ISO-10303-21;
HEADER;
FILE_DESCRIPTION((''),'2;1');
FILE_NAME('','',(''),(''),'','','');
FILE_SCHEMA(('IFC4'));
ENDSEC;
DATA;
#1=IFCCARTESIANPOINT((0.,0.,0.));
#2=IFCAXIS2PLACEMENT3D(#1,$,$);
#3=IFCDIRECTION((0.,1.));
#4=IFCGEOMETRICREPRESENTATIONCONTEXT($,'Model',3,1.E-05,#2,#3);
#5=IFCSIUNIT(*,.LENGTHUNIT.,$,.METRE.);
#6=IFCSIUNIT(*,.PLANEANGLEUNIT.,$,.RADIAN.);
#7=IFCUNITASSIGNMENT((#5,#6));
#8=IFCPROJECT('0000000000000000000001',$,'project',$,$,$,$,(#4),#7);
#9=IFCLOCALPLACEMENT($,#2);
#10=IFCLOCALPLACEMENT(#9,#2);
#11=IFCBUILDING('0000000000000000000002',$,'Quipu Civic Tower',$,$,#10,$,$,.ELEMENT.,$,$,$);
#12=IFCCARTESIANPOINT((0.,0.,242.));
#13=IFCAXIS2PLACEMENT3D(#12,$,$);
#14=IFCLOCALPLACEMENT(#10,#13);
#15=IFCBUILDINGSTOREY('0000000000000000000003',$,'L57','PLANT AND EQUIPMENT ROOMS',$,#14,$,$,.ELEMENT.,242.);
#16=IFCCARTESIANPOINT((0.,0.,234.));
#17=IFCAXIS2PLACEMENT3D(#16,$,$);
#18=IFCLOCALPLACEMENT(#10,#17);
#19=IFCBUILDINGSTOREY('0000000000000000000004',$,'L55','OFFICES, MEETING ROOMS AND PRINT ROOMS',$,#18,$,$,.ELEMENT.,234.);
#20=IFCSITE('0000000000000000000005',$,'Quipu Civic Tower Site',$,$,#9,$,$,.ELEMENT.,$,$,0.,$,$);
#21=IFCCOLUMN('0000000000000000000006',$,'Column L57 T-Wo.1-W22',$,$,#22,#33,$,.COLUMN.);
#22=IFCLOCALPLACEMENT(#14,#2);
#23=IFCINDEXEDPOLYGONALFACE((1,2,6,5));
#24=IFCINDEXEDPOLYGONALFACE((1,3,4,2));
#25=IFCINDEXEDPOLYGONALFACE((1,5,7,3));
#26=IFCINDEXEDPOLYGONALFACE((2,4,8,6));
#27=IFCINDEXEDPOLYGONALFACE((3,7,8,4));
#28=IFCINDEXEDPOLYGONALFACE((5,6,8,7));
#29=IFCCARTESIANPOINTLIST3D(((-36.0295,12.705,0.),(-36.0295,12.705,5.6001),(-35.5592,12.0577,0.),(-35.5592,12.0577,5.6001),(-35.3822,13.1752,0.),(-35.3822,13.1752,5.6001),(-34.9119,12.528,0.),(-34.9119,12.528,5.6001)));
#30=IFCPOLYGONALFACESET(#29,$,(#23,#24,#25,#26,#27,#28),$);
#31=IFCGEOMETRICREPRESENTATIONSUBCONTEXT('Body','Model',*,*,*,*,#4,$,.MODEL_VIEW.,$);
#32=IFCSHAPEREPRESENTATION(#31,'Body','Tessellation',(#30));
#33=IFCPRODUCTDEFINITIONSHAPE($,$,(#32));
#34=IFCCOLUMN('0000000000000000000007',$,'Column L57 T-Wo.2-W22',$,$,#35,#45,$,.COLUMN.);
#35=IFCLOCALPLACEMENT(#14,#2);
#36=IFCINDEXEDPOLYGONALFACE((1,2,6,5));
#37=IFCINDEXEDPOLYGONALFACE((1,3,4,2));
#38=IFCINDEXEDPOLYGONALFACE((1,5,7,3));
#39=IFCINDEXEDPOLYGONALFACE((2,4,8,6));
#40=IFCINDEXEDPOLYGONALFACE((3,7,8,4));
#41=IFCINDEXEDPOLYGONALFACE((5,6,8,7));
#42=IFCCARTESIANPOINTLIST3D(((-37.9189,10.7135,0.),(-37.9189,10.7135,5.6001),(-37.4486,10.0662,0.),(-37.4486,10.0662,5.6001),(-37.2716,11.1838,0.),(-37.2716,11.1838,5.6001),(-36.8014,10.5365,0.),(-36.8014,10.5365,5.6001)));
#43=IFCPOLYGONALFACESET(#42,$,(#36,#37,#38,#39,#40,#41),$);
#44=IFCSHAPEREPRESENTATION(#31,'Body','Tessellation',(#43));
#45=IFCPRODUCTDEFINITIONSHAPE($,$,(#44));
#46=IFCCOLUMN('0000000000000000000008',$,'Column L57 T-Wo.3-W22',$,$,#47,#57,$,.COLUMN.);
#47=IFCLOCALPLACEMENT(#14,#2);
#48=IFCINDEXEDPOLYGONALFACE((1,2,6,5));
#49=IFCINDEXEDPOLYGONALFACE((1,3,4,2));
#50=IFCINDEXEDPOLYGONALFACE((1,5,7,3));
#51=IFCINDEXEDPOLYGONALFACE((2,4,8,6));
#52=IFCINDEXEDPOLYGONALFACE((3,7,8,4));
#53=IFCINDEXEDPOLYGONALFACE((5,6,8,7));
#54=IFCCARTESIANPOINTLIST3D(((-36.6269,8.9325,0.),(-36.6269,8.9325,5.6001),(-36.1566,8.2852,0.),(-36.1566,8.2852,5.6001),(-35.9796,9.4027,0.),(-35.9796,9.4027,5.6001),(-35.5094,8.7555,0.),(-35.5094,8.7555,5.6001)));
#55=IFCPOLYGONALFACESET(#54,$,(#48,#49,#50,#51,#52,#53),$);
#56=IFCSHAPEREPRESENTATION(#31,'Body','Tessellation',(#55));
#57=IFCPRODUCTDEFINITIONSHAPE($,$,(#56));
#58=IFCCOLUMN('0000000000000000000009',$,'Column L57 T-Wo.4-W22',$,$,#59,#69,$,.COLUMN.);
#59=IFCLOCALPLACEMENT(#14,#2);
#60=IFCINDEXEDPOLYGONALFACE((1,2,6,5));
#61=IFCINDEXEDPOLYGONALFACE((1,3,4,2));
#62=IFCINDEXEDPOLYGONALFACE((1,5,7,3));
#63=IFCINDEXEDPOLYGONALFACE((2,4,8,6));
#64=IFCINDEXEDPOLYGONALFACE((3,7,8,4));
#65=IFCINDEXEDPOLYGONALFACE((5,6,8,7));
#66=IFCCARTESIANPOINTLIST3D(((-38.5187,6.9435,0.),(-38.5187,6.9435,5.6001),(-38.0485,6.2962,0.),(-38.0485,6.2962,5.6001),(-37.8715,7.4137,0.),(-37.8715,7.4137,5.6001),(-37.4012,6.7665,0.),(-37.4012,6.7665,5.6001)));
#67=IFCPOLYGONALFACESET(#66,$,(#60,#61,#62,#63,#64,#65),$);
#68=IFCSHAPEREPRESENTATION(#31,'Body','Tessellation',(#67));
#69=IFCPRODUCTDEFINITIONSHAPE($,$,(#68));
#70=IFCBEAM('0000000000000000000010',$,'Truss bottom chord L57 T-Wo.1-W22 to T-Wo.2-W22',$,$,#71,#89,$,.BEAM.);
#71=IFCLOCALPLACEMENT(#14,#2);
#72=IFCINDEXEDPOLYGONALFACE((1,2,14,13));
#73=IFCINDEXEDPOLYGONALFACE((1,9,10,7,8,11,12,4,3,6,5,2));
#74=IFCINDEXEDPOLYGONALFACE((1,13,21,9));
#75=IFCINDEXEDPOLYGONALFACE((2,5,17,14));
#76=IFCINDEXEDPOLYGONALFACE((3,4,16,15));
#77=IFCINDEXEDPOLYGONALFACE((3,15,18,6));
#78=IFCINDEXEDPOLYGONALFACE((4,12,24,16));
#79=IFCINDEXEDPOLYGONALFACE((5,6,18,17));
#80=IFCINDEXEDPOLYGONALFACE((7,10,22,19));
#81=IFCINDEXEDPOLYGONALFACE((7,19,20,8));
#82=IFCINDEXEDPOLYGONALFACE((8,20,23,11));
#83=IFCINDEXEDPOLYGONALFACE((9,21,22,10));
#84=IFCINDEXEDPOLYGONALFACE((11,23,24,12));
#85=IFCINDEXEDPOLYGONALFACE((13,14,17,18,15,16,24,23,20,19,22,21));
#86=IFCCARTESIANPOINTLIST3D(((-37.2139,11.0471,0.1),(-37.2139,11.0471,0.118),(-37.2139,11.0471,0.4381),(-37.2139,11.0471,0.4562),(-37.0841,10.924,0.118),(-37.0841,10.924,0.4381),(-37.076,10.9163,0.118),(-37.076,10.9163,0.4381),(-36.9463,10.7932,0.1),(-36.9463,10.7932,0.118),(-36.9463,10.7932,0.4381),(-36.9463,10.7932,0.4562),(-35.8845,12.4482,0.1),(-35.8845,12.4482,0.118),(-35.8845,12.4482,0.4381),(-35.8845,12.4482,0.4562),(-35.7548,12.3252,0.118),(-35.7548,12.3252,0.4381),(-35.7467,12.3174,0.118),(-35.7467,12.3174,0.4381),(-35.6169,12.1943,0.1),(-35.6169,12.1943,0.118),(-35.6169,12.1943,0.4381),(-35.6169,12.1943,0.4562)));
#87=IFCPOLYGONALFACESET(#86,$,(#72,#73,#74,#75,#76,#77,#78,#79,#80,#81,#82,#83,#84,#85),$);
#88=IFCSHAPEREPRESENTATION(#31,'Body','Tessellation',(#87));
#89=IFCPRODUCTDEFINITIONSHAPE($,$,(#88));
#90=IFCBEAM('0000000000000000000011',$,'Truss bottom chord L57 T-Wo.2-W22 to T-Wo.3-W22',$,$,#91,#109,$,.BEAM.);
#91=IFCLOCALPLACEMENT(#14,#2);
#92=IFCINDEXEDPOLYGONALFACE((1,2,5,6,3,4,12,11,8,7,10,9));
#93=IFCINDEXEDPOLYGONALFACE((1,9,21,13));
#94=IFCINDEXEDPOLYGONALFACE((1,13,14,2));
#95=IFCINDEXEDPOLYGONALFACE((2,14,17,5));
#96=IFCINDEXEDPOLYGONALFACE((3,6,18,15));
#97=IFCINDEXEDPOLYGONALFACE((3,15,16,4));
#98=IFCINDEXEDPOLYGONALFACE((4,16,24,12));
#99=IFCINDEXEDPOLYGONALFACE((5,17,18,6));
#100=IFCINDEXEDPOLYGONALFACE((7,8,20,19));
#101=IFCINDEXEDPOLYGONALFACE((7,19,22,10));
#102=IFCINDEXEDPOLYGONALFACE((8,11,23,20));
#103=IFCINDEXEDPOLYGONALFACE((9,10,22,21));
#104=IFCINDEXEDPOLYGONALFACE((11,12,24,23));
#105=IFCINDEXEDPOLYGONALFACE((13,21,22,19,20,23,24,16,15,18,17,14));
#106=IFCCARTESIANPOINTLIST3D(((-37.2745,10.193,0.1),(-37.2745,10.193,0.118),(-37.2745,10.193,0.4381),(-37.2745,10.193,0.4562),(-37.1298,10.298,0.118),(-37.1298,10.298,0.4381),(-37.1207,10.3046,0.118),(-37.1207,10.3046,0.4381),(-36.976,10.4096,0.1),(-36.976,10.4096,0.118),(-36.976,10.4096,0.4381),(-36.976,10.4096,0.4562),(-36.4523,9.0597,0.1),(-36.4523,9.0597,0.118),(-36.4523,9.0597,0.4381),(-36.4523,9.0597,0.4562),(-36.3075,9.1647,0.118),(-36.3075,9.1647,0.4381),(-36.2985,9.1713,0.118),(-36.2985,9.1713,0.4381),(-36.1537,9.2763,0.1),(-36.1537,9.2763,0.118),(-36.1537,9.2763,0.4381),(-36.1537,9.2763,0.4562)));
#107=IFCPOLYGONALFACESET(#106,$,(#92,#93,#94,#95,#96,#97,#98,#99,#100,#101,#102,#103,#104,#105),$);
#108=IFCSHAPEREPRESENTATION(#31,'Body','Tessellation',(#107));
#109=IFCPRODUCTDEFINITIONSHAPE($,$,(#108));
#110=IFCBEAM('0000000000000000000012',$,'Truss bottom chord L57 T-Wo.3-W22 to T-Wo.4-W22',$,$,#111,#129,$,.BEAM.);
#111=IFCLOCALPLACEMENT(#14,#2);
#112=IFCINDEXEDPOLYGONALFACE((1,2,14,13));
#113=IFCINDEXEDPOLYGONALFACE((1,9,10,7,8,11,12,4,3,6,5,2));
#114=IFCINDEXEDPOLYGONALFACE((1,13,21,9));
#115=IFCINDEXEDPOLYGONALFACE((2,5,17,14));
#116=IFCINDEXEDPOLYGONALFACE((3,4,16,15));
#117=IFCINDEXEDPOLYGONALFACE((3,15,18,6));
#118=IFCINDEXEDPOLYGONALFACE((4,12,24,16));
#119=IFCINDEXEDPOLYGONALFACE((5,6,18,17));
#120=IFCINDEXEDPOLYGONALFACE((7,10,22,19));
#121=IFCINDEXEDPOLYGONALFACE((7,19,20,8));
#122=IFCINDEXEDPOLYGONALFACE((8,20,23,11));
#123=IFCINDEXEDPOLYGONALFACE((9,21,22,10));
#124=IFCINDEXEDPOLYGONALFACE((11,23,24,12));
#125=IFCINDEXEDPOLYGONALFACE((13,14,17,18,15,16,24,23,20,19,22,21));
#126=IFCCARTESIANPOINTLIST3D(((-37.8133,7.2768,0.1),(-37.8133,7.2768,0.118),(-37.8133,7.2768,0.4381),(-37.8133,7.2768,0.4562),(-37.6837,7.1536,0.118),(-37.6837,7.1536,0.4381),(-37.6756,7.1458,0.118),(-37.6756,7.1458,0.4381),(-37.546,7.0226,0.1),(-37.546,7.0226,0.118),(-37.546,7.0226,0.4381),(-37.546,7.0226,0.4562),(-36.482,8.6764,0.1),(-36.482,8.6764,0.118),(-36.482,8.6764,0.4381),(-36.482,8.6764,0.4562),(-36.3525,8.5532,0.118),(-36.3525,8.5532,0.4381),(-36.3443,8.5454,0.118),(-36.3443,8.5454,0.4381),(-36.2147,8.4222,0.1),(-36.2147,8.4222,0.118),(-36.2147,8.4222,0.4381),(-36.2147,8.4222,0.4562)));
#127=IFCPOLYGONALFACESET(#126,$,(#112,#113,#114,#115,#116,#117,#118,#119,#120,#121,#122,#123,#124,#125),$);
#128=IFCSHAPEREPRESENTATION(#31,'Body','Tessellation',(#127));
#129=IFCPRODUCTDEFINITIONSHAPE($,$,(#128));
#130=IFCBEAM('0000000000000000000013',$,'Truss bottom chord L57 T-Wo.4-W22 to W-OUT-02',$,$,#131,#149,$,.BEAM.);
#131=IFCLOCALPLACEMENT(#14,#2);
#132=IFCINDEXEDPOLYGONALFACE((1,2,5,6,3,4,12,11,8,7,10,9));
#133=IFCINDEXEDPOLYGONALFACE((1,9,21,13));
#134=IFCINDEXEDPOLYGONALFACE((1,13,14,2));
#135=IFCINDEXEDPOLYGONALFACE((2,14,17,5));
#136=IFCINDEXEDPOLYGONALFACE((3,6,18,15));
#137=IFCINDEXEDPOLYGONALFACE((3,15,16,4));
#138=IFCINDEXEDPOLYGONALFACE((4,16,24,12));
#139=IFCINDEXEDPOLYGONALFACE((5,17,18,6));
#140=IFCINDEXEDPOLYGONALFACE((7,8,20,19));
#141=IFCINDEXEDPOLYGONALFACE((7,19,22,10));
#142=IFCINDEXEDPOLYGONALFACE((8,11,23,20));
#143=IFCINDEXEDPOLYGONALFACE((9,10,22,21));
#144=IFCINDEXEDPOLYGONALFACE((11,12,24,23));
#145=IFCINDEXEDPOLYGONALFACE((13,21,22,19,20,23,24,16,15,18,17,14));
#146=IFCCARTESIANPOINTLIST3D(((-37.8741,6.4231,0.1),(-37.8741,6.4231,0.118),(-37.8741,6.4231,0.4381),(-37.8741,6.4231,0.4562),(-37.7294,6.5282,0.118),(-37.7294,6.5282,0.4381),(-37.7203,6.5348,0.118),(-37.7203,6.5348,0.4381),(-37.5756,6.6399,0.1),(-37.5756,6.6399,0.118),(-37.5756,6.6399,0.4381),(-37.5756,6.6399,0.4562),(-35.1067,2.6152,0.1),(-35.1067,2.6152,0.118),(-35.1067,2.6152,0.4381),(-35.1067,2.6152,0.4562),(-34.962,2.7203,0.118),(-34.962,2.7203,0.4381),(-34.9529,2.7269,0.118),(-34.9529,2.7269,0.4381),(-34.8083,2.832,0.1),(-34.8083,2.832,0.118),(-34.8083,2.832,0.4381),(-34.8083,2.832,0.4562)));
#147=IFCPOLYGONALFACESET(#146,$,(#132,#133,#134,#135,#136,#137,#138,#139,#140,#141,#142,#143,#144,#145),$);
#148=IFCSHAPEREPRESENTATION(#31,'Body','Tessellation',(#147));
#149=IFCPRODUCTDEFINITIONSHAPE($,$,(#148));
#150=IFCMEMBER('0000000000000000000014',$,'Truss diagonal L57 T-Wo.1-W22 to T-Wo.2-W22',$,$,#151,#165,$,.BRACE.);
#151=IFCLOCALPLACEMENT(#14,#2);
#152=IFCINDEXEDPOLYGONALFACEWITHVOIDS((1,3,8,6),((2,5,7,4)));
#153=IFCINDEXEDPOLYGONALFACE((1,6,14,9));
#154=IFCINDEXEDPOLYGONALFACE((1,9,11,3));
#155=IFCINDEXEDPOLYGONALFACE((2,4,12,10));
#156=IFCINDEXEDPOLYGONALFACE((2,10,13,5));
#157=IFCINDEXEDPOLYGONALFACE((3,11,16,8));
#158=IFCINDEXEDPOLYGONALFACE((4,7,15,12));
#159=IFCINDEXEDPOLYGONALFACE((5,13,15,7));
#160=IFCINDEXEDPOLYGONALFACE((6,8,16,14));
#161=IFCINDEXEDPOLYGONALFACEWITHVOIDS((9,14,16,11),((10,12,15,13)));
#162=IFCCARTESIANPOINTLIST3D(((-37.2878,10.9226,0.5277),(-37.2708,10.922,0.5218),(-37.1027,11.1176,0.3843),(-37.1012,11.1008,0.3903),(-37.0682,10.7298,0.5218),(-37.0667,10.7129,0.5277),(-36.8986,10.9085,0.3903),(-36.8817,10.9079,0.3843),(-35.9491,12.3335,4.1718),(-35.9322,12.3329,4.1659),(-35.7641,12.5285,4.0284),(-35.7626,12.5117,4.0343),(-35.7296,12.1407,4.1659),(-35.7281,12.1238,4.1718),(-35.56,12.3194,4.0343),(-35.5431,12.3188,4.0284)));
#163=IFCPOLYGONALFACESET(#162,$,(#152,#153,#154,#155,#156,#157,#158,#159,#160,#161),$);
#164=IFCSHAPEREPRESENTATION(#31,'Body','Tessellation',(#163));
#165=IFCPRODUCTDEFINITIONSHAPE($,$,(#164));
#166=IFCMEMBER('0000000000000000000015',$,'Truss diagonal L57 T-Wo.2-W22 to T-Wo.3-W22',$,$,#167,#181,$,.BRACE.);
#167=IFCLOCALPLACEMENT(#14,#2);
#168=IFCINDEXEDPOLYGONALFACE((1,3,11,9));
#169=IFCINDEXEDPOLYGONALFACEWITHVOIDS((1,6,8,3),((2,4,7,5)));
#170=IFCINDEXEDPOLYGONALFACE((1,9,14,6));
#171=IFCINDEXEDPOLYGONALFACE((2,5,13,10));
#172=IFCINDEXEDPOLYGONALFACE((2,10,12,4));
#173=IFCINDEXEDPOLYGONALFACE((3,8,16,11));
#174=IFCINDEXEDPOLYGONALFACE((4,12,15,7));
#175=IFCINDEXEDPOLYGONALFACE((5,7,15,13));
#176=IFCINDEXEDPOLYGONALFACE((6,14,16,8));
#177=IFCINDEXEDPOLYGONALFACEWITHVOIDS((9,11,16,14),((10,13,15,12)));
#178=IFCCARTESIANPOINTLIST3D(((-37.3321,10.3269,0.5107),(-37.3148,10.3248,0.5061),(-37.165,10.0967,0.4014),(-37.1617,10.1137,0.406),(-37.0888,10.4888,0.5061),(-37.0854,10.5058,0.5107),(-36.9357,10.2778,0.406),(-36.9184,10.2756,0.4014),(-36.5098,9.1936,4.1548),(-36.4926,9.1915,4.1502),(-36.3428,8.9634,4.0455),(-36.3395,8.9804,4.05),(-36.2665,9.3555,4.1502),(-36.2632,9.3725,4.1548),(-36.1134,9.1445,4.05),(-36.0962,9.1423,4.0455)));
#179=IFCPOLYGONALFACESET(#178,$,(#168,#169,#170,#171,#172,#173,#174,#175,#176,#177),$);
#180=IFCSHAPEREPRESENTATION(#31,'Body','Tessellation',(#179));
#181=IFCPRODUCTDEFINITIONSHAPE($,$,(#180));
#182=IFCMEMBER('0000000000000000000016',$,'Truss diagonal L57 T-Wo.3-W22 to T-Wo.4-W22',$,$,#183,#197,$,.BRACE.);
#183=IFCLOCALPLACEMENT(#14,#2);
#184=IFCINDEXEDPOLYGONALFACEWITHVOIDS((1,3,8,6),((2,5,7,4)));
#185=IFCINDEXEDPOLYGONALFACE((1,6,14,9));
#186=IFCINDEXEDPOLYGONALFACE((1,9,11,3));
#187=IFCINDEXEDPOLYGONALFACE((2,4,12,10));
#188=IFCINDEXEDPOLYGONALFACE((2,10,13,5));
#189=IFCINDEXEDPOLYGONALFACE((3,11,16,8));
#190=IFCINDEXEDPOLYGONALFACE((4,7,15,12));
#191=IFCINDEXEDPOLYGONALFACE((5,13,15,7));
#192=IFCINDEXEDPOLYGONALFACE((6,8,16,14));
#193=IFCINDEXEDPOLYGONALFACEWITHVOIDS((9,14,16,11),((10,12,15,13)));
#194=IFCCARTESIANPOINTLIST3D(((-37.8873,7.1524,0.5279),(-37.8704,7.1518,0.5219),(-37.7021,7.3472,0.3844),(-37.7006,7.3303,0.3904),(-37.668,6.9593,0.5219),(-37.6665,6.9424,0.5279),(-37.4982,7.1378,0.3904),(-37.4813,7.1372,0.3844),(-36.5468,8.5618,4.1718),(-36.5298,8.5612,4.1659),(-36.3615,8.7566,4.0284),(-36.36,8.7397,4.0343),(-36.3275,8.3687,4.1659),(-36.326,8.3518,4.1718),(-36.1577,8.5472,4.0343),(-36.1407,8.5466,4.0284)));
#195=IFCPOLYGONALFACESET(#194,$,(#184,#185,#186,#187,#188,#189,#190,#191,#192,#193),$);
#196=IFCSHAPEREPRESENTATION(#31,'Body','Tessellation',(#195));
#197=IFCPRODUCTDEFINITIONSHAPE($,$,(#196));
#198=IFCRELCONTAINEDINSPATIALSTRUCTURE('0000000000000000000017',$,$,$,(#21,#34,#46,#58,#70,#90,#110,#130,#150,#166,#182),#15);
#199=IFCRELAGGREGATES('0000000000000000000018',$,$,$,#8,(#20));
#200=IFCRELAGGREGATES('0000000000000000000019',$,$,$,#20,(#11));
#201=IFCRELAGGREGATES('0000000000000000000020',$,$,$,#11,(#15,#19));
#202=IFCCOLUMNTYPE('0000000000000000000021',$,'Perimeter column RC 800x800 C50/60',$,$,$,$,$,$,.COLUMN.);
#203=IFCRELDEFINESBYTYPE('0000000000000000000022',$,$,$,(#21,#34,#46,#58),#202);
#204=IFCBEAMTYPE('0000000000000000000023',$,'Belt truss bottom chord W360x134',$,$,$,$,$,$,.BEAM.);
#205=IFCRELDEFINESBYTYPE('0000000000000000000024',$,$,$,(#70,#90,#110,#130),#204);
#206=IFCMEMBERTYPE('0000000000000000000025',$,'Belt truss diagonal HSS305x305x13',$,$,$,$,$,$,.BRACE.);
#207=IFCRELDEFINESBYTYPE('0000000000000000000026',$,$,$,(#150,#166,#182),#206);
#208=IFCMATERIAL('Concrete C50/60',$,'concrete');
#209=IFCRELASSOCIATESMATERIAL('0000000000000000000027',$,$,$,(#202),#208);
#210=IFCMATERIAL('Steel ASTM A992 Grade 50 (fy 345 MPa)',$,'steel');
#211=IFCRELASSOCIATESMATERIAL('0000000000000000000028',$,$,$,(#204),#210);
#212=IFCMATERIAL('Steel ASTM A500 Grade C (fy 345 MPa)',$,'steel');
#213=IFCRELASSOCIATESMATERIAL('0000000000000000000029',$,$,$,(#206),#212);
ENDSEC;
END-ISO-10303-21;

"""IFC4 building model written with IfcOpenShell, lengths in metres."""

from ifc_helpers import new_model, si_unit, direction, frame, origin, origin_2d, place, context, subcontext, project, spatial, rectangle, hollow_rectangle, i_section, extrude, material, material_profile, profile_set, type_object, element, save


model = new_model("IFC4")

# Units and contexts
model_context = context("Model", 3, precision=1e-05, world=origin(), true_north=direction((0.0, 1.0)))
body_context = subcontext(model_context, "Body", "Model", "MODEL_VIEW")
ifc_project = project(units=[si_unit("LENGTHUNIT", "METRE"), si_unit("PLANEANGLEUNIT", "RADIAN")], contexts=[model_context])

# Site, building, storey
site_placement = place(None, origin())
site = spatial("IfcSite", under=ifc_project, at=site_placement, Name="Quipu Civic Tower Site", CompositionType="ELEMENT", RefElevation=0.0)
building_placement = place(site_placement, origin())
building = spatial("IfcBuilding", under=site, at=building_placement, Name="Quipu Civic Tower", CompositionType="ELEMENT")
storey_1_placement = place(building_placement, frame((0.0, 0.0, 242.0)))
storey_1 = spatial("IfcBuildingStorey", under=building, at=storey_1_placement, Name="L57", Description="PLANT AND EQUIPMENT ROOMS", CompositionType="ELEMENT", Elevation=242.0)

# Columns
ifc_material_1 = material(Name="Concrete C50/60", Category="concrete")
ifc_material_profile_1 = material_profile(ifc_material_1, rectangle(XDim=0.8, YDim=0.8, at=origin_2d()), Name="RC800x800")
ifc_profile_set_1 = profile_set([ifc_material_profile_1], Name="Concrete C50/60")
column_type = type_object("IfcColumnType", Name="Perimeter column RC 800x800 C50/60", PredefinedType="COLUMN", material=ifc_profile_set_1)
for number, where, z_axis, x_axis, name in (
    (1, (-35.4707, 12.6165, 0.0), (0.0, 0.0, 1.0), (-0.809017, -0.587785, 0.0), "Column L57 T-Wo.1-W22"),
    (2, (-37.3601, 10.625, 0.0), (0.0, 0.0, 1.0), (0.587785, -0.809017, 0.0), "Column L57 T-Wo.2-W22"),
    (3, (-36.0681, 8.844, 0.0), (0.0, 0.0, 1.0), (0.587785, -0.809017, 0.0), "Column L57 T-Wo.3-W22"),
    (4, (-37.96, 6.855, 0.0), (0.0, 0.0, 1.0), (0.587785, -0.809017, 0.0), "Column L57 T-Wo.4-W22"),
):
    element("IfcColumn", number, at=place(storey_1_placement, frame(where, z_axis=z_axis, x_axis=x_axis)), inside=storey_1, type_object=column_type, Name=name, PredefinedType="COLUMN", context=body_context, shape_type="SweptSolid", body=[
        extrude(rectangle(XDim=0.8, YDim=0.8, at=origin_2d()), origin(), (0.0, 0.0, 1.0), 5.6001),
    ])

# Beams
ifc_material_2 = material(Name="Steel ASTM A992 Grade 50 (fy 345 MPa)", Category="steel")
ifc_material_profile_2 = material_profile(ifc_material_2, i_section(OverallWidth=0.3689, OverallDepth=0.3562, WebThickness=0.0112, FlangeThickness=0.0181, at=origin_2d()), Name="W360x134")
ifc_profile_set_2 = profile_set([ifc_material_profile_2], Name="Steel ASTM A992 Grade 50 (fy 345 MPa)")
beam_type_1 = type_object("IfcBeamType", Name="Belt truss bottom chord W360x134", PredefinedType="BEAM", material=ifc_profile_set_2)
beam_1_placement = place(storey_1_placement, frame((-35.7507, 12.3213, 0.2781), z_axis=(-0.688281, -0.725444, 0.0), x_axis=(0.725444, -0.688281, 0.0)))
element("IfcBeam", 5, at=beam_1_placement, inside=storey_1, type_object=beam_type_1, Name="Truss bottom chord L57 T-Wo.1-W22 to T-Wo.2-W22", PredefinedType="BEAM", context=body_context, shape_type="SweptSolid", body=[
    extrude(i_section(OverallWidth=0.3689, OverallDepth=0.3562, WebThickness=0.0112, FlangeThickness=0.0181, at=origin_2d()), origin(), (0.0, 0.0, 1.0), 1.9314),
])
beam_2_placement = place(storey_1_placement, frame((-37.1252, 10.3013, 0.2781), z_axis=(0.587259, -0.809399, 0.0), x_axis=(0.809399, 0.587259, 0.0)))
element("IfcBeam", 6, at=beam_2_placement, inside=storey_1, type_object=beam_type_1, Name="Truss bottom chord L57 T-Wo.2-W22 to T-Wo.3-W22", PredefinedType="BEAM", context=body_context, shape_type="SweptSolid", body=[
    extrude(i_section(OverallWidth=0.3689, OverallDepth=0.3562, WebThickness=0.0112, FlangeThickness=0.0181, at=origin_2d()), origin(), (0.0, 0.0, 1.0), 1.4001),
])
beam_3_placement = place(storey_1_placement, frame((-36.3484, 8.5493, 0.2781), z_axis=(-0.689191, -0.72458, 0.0), x_axis=(0.72458, -0.689191, 0.0)))
element("IfcBeam", 7, at=beam_3_placement, inside=storey_1, type_object=beam_type_1, Name="Truss bottom chord L57 T-Wo.3-W22 to T-Wo.4-W22", PredefinedType="BEAM", context=body_context, shape_type="SweptSolid", body=[
    extrude(i_section(OverallWidth=0.3689, OverallDepth=0.3562, WebThickness=0.0112, FlangeThickness=0.0181, at=origin_2d()), origin(), (0.0, 0.0, 1.0), 1.9316),
])
beam_4_placement = place(storey_1_placement, frame((-37.7249, 6.5315, 0.2781), z_axis=(0.587891, -0.80894, 0.0), x_axis=(0.80894, 0.587891, 0.0)))
element("IfcBeam", 8, at=beam_4_placement, inside=storey_1, type_object=beam_type_1, Name="Truss bottom chord L57 T-Wo.4-W22 to W-OUT-02", PredefinedType="BEAM", context=body_context, shape_type="SweptSolid", body=[
    extrude(i_section(OverallWidth=0.3689, OverallDepth=0.3562, WebThickness=0.0112, FlangeThickness=0.0181, at=origin_2d()), origin(), (0.0, 0.0, 1.0), 4.7073),
])

# Members
ifc_material_3 = material(Name="Steel ASTM A500 Grade C (fy 345 MPa)", Category="steel")
ifc_material_profile_3 = material_profile(ifc_material_3, hollow_rectangle(XDim=0.3047, YDim=0.3047, WallThickness=0.0127, at=origin_2d()), Name="HSS305x305x13")
ifc_profile_set_3 = profile_set([ifc_material_profile_3], Name="Steel ASTM A500 Grade C (fy 345 MPa)")
member_type_1 = type_object("IfcMemberType", Name="Belt truss diagonal HSS305x305x13", PredefinedType="BRACE", material=ifc_profile_set_3)
member_1_placement = place(storey_1_placement, frame((-35.7461, 12.3262, 4.1001), z_axis=(-0.324077, -0.341573, -0.882214), x_axis=(0.725441, -0.688284, 0.0)))
element("IfcMember", 9, at=member_1_placement, inside=storey_1, type_object=member_type_1, Name="Truss diagonal L57 T-Wo.1-W22 to T-Wo.2-W22", PredefinedType="BRACE", context=body_context, shape_type="SweptSolid", body=[
    extrude(hollow_rectangle(XDim=0.3047, YDim=0.3047, WallThickness=0.0127, at=origin_2d()), origin(), (0.0, 0.0, 1.0), 4.1306),
])
member_2_placement = place(storey_1_placement, frame((-37.1252, 10.3013, 0.4561), z_axis=(0.210633, -0.290308, 0.933464), x_axis=(0.809399, 0.587259, 0.0)))
element("IfcMember", 10, at=member_2_placement, inside=storey_1, type_object=member_type_1, Name="Truss diagonal L57 T-Wo.2-W22 to T-Wo.3-W22", PredefinedType="BRACE", context=body_context, shape_type="SweptSolid", body=[
    extrude(hollow_rectangle(XDim=0.3047, YDim=0.3047, WallThickness=0.0127, at=origin_2d()), origin(), (0.0, 0.0, 1.0), 3.9038),
])
member_3_placement = place(storey_1_placement, frame((-36.3438, 8.5542, 4.1001), z_axis=(-0.32454, -0.341207, -0.882186), x_axis=(0.724583, -0.689188, 0.0)))
element("IfcMember", 11, at=member_3_placement, inside=storey_1, type_object=member_type_1, Name="Truss diagonal L57 T-Wo.3-W22 to T-Wo.4-W22", PredefinedType="BRACE", context=body_context, shape_type="SweptSolid", body=[
    extrude(hollow_rectangle(XDim=0.3047, YDim=0.3047, WallThickness=0.0127, at=origin_2d()), origin(), (0.0, 0.0, 1.0), 4.1306),
])

# Shared definitions
storey_2_placement = place(building_placement, frame((0.0, 0.0, 234.0)))
storey_2 = spatial("IfcBuildingStorey", under=building, at=storey_2_placement, Name="L55", Description="OFFICES, MEETING ROOMS AND PRINT ROOMS", CompositionType="ELEMENT", Elevation=234.0)

save(model, "model.ifc")
